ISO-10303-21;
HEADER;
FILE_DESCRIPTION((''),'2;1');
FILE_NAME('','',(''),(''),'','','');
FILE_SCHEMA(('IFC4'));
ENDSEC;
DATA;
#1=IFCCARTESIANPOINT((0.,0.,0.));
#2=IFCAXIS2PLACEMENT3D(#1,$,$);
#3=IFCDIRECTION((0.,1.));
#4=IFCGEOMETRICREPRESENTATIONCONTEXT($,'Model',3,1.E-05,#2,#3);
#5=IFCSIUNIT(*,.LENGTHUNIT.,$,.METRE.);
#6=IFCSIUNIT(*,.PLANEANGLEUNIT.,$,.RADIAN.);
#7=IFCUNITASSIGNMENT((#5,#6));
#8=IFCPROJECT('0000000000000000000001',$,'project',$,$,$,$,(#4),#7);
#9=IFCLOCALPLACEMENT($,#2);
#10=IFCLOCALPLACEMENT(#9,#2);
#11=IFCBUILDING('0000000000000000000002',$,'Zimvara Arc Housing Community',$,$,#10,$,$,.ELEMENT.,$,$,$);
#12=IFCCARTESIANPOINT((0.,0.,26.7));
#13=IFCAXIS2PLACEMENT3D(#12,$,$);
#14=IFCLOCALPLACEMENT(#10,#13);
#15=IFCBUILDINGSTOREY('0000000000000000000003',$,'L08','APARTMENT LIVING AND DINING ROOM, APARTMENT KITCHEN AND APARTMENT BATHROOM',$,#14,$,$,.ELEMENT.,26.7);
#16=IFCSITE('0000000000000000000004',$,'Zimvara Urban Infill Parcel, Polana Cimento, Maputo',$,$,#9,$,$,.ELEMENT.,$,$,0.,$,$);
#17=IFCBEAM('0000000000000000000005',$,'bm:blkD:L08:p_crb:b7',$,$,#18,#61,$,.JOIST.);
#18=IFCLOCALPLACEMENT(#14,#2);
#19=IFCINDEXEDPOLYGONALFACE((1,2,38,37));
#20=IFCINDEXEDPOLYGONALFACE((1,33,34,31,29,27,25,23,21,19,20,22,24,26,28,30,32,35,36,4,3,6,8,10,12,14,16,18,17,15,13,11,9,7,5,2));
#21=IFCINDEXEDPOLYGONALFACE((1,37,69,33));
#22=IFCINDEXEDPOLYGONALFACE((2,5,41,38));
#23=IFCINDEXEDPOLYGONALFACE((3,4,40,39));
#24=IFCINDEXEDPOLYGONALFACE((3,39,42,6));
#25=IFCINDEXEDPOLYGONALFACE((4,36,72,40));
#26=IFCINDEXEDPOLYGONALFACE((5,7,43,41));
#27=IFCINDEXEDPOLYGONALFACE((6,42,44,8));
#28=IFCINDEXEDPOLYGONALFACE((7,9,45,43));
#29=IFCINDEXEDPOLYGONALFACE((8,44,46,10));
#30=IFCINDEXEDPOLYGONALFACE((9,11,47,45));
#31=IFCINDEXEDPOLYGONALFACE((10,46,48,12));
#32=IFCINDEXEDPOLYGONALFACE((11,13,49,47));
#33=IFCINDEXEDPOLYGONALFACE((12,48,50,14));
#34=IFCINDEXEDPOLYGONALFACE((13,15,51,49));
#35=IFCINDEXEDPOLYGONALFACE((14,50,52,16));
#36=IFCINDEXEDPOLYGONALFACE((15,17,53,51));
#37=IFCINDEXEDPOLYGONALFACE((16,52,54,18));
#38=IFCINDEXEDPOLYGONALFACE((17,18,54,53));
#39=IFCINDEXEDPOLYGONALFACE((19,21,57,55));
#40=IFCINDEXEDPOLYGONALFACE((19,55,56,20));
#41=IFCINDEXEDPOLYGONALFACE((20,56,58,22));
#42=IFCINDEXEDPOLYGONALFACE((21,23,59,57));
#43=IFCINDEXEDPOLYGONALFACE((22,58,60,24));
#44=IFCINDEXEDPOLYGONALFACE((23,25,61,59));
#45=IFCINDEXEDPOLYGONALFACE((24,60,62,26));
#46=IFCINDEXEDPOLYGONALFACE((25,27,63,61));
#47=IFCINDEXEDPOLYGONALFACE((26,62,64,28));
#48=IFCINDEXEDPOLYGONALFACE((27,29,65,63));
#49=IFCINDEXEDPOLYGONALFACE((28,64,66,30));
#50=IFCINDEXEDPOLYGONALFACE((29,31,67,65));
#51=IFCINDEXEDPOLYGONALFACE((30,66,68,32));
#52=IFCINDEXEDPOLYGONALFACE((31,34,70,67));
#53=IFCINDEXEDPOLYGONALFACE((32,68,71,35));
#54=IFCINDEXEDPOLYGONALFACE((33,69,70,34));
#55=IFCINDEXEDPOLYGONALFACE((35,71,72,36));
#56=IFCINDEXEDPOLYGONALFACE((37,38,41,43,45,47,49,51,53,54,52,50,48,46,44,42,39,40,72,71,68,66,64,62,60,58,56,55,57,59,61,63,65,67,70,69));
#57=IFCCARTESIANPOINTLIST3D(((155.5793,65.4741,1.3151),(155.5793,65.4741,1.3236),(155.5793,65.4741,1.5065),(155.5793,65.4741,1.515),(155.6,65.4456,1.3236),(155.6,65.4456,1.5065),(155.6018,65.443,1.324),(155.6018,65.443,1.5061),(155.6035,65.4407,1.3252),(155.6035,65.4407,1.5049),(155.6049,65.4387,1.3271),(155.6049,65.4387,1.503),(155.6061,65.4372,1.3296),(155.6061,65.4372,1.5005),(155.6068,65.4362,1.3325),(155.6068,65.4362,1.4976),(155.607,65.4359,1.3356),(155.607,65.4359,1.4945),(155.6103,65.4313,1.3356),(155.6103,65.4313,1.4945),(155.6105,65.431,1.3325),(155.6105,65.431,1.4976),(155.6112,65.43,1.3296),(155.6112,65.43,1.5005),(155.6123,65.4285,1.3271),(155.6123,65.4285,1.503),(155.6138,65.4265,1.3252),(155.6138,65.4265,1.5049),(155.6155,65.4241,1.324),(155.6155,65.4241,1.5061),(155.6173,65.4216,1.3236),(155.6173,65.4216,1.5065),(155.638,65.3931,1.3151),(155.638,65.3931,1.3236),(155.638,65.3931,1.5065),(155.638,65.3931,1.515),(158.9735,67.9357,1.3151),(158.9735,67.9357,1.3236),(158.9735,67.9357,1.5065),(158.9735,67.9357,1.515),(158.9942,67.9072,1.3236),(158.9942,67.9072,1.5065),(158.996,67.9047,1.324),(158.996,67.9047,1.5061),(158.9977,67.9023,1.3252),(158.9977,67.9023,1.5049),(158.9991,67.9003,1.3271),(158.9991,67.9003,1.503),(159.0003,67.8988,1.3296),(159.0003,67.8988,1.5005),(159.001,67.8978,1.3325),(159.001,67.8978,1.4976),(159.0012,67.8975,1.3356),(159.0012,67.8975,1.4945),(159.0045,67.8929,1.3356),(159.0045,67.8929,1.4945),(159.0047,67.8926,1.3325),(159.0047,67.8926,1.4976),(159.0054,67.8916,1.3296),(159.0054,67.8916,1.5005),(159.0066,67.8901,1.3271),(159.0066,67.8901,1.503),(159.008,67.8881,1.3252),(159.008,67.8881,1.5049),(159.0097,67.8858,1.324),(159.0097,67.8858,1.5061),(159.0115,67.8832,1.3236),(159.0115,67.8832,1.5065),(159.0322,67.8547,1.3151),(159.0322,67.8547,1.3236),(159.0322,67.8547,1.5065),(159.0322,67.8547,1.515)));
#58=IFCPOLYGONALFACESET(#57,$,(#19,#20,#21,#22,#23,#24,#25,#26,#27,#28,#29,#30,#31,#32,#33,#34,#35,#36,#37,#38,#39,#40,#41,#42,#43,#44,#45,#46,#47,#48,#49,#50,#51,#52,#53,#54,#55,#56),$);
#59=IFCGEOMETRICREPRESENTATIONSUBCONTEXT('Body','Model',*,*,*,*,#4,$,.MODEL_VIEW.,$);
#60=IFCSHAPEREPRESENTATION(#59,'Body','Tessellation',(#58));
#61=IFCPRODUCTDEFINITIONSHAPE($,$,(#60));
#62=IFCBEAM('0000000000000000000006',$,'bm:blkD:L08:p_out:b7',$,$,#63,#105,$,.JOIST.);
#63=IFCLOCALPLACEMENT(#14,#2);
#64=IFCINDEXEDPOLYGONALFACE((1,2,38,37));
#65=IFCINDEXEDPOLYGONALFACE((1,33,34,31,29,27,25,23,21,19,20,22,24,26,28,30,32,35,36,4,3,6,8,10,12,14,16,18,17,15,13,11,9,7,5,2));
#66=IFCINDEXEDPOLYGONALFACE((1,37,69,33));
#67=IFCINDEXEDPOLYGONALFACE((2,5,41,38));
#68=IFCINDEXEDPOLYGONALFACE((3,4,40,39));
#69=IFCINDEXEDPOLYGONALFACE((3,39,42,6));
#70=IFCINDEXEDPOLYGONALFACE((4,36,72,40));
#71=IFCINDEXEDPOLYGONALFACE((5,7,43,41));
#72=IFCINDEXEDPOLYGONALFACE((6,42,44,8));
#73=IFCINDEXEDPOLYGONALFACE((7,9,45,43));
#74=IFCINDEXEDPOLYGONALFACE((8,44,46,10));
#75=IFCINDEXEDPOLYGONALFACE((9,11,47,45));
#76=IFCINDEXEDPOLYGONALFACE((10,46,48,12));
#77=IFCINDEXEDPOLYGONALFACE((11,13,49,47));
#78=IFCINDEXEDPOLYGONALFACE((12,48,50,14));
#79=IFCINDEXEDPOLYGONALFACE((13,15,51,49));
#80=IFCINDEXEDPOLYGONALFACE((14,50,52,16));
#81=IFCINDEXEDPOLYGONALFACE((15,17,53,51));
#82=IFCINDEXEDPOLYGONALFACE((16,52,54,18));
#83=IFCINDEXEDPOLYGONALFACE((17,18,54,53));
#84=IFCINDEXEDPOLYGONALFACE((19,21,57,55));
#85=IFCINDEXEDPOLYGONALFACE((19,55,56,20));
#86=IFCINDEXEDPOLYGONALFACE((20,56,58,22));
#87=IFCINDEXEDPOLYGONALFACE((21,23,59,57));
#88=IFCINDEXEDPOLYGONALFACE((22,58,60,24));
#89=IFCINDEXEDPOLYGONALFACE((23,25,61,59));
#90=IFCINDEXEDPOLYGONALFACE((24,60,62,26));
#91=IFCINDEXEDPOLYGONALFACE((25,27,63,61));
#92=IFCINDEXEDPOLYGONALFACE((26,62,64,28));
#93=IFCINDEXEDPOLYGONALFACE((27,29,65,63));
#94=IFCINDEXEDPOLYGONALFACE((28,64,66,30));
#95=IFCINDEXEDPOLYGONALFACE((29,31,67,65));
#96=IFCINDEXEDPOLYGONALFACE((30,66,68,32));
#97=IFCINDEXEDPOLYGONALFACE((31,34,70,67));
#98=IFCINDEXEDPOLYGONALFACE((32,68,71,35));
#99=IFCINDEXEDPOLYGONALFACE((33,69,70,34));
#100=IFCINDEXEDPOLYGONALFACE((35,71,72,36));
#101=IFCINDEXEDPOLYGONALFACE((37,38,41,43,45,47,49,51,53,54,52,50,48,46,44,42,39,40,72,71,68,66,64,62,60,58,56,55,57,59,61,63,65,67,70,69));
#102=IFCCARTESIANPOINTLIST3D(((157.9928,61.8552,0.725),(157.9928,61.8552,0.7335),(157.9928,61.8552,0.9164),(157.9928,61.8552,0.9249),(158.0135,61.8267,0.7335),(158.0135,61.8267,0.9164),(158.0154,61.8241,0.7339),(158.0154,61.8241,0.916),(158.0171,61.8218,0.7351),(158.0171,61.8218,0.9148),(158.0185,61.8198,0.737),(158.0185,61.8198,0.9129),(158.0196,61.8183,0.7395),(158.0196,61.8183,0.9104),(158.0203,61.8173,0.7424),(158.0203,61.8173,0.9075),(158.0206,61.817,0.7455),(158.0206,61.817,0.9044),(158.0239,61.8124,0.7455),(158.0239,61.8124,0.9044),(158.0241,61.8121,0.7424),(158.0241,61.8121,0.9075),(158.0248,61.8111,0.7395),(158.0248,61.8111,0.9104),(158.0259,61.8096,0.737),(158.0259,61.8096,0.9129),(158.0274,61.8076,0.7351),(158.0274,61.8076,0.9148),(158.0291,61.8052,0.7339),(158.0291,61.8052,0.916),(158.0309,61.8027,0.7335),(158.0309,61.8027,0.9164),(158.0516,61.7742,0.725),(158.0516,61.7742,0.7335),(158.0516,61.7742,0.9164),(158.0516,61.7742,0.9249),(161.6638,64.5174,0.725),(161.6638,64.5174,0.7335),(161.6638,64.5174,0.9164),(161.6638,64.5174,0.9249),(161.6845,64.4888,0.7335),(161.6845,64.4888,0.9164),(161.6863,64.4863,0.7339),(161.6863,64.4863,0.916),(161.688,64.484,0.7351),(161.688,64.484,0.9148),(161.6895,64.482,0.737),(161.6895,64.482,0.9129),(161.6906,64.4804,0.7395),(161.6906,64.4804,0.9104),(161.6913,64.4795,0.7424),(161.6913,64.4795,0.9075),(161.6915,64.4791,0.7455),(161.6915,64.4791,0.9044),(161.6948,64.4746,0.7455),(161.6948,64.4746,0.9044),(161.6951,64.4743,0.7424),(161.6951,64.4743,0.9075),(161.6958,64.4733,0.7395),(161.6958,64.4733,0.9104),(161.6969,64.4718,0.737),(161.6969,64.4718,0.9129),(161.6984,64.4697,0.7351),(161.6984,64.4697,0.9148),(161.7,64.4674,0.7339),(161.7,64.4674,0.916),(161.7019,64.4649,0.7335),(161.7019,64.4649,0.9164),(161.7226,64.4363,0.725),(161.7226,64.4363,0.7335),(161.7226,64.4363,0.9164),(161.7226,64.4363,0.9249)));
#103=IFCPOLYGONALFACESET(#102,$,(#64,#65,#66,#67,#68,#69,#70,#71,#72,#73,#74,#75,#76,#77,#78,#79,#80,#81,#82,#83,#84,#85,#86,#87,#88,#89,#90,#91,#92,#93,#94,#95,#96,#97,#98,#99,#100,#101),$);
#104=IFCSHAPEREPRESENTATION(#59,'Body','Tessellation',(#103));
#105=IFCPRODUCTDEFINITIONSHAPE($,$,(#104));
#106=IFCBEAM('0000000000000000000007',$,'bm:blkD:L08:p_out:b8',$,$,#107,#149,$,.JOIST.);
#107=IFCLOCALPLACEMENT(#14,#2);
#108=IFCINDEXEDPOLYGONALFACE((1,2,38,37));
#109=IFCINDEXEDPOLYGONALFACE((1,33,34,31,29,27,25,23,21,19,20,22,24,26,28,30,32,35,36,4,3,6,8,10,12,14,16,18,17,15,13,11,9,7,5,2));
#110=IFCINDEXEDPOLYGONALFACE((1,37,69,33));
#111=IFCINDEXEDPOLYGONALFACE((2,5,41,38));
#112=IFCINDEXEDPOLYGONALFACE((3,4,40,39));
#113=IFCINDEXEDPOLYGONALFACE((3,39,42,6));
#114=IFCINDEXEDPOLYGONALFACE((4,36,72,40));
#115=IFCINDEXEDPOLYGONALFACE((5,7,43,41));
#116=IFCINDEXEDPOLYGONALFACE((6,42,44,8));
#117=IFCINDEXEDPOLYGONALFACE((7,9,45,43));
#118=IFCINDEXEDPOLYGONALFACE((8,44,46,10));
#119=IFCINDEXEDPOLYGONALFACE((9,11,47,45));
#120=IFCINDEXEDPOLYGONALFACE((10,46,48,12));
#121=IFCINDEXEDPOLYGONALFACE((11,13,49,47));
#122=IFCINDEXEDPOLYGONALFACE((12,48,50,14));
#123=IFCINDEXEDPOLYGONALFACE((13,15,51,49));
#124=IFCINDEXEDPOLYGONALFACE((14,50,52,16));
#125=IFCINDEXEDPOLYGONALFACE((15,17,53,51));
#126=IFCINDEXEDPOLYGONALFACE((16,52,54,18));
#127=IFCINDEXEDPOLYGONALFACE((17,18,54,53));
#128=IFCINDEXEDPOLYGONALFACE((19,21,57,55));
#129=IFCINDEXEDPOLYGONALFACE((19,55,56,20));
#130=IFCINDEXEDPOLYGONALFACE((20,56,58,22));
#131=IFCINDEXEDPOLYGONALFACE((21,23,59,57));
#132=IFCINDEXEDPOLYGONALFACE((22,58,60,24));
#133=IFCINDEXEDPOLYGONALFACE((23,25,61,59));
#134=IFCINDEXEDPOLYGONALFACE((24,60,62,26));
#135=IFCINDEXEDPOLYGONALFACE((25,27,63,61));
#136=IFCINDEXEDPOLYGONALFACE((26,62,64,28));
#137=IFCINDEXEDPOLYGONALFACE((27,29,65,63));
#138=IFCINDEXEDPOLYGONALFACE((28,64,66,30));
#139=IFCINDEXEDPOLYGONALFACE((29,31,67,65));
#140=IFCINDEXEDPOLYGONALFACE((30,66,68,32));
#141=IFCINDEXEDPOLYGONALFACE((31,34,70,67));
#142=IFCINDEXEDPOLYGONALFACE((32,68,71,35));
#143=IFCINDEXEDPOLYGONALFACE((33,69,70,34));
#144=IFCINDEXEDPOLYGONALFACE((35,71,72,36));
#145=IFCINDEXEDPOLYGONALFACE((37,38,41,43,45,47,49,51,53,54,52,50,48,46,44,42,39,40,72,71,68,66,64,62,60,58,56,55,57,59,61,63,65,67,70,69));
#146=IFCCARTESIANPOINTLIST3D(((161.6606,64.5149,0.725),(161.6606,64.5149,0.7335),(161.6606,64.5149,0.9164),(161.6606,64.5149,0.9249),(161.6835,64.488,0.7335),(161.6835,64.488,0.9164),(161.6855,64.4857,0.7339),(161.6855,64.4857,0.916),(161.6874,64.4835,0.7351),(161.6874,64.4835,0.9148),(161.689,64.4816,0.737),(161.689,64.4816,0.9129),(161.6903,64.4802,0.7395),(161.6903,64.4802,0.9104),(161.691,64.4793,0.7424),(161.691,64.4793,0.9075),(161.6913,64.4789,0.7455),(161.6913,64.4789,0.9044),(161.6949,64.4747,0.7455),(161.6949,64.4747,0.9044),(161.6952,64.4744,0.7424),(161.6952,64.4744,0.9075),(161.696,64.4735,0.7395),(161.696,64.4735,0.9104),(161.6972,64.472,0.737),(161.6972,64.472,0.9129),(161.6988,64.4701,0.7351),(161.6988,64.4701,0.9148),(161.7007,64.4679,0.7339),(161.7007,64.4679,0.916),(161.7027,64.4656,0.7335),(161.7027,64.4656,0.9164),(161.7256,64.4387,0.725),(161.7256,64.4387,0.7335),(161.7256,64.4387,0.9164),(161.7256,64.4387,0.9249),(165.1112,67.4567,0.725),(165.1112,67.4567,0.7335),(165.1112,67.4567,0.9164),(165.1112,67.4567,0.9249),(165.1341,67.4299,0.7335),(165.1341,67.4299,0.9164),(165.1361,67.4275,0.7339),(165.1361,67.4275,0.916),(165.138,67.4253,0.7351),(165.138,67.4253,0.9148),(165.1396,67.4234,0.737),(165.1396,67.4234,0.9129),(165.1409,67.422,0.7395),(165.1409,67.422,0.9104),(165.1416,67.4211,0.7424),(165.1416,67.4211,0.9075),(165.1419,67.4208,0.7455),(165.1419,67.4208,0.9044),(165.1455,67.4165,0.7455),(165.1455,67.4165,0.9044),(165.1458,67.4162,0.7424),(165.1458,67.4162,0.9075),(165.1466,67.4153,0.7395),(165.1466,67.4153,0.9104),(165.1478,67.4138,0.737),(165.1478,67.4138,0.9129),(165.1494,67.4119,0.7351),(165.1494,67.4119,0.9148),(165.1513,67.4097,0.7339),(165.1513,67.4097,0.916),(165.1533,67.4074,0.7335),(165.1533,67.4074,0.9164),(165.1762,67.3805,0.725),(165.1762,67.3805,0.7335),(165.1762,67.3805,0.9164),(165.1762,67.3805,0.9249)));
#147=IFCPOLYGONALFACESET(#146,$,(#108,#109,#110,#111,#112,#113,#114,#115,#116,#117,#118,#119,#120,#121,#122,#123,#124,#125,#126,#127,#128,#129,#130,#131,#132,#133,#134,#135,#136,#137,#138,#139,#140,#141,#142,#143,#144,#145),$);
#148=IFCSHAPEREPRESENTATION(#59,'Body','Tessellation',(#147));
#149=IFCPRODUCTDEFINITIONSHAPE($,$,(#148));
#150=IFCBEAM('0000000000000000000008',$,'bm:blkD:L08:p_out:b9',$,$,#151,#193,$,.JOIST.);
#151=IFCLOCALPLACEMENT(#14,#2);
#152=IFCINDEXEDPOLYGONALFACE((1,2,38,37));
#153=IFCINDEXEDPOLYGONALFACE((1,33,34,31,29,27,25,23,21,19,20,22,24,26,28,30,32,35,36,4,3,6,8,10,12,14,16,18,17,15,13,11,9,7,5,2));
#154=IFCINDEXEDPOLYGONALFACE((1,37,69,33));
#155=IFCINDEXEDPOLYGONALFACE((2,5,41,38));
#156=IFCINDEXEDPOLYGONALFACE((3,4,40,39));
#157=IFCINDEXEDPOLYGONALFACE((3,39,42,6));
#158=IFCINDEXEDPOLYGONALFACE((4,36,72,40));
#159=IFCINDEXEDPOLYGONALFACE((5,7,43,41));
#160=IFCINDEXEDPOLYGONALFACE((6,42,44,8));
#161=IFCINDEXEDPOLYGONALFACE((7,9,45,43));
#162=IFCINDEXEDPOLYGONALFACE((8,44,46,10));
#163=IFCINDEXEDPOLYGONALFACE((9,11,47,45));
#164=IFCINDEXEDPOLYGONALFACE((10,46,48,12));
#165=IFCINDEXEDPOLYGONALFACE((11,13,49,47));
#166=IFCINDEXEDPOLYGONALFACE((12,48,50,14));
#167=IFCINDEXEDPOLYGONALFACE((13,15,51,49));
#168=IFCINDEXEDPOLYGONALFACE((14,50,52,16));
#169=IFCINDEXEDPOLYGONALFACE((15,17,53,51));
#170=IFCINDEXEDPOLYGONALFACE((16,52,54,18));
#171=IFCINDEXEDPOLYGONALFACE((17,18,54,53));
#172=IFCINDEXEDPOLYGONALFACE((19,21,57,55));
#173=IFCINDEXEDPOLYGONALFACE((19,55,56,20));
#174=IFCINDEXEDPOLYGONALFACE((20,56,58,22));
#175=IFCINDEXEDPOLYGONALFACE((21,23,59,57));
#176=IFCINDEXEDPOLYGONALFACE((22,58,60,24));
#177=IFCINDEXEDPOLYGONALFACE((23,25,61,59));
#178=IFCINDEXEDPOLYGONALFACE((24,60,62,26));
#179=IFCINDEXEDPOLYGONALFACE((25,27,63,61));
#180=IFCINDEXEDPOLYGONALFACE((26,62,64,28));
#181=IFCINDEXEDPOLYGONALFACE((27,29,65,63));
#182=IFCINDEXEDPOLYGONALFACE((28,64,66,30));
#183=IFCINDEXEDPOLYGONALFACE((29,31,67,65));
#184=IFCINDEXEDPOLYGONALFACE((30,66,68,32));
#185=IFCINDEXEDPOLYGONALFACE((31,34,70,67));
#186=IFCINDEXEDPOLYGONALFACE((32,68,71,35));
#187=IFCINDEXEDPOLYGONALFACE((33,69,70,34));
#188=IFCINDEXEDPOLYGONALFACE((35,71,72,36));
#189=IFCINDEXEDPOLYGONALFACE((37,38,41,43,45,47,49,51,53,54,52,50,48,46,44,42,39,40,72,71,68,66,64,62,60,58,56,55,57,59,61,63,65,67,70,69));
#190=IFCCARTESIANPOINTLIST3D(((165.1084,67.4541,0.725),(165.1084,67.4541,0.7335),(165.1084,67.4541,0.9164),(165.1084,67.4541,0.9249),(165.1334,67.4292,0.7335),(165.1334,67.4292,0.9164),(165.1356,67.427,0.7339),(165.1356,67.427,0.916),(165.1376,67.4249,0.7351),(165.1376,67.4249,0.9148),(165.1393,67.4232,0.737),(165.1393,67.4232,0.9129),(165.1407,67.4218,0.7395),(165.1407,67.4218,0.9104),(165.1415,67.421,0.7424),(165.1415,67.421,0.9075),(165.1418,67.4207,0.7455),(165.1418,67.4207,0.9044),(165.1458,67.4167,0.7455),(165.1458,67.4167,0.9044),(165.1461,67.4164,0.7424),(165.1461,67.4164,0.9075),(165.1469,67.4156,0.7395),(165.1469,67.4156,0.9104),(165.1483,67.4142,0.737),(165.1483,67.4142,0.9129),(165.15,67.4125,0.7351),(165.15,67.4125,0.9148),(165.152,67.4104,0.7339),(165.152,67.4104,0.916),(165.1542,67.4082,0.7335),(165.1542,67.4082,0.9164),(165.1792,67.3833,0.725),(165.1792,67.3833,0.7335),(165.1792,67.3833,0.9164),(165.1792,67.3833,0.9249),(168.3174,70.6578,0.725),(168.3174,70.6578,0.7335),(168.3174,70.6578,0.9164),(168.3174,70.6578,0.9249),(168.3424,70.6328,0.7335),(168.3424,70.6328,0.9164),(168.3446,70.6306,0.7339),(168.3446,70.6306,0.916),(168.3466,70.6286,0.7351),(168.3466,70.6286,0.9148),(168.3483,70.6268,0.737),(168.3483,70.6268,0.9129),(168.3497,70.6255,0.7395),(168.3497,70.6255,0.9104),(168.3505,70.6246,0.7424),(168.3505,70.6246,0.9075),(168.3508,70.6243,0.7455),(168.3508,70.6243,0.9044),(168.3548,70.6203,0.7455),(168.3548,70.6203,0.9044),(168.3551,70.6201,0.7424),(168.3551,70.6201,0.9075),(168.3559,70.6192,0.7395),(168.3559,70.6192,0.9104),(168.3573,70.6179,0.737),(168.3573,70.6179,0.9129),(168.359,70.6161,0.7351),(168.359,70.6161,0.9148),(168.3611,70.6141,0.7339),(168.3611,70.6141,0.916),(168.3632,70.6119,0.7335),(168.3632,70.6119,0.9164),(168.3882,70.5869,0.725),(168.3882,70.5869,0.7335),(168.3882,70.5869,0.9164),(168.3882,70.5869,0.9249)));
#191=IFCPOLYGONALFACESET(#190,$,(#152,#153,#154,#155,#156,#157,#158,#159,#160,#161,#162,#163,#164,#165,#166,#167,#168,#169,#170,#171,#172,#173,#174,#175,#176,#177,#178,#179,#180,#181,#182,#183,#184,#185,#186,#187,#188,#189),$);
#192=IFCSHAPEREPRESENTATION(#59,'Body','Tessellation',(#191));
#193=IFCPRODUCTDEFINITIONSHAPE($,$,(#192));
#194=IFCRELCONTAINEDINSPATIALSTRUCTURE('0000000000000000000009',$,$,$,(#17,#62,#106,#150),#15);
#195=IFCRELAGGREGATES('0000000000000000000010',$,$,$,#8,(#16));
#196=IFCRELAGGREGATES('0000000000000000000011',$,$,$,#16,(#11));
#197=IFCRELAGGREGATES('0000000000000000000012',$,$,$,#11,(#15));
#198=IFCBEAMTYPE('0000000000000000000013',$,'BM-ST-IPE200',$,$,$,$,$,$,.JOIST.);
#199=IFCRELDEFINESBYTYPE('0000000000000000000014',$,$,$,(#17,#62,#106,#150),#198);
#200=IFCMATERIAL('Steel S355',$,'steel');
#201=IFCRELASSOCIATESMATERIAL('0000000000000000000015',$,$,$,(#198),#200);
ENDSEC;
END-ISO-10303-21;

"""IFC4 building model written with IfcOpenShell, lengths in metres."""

from ifc_helpers import new_model, si_unit, direction, frame, origin, origin_2d, place, context, subcontext, project, spatial, i_section, extrude, material, material_profile, profile_set, type_object, element, save


model = new_model("IFC4")

# Units and contexts
model_context = context("Model", 3, precision=1e-05, world=origin(), true_north=direction((0.0, 1.0)))
body_context = subcontext(model_context, "Body", "Model", "MODEL_VIEW")
ifc_project = project(units=[si_unit("LENGTHUNIT", "METRE"), si_unit("PLANEANGLEUNIT", "RADIAN")], contexts=[model_context])

# Site, building, storey
site_placement = place(None, origin())
site = spatial("IfcSite", under=ifc_project, at=site_placement, Name="Zimvara Urban Infill Parcel, Polana Cimento, Maputo", CompositionType="ELEMENT", RefElevation=0.0)
building_placement = place(site_placement, origin())
building = spatial("IfcBuilding", under=site, at=building_placement, Name="Zimvara Arc Housing Community", CompositionType="ELEMENT")
storey_placement = place(building_placement, frame((0.0, 0.0, 26.7)))
storey = spatial("IfcBuildingStorey", under=building, at=storey_placement, Name="L08", Description="APARTMENT LIVING AND DINING ROOM, APARTMENT KITCHEN AND APARTMENT BATHROOM", CompositionType="ELEMENT", Elevation=26.7)

# Beams
ifc_material_1 = material(Name="Steel S355", Category="steel")
ifc_material_profile_1 = material_profile(ifc_material_1, i_section(OverallWidth=0.1001, OverallDepth=0.2, WebThickness=0.0056, FlangeThickness=0.0085, FilletRadius=0.012, at=origin_2d()), Name="IPE 200")
ifc_profile_set_1 = profile_set([ifc_material_profile_1], Name="Steel S355")
beam_type_1 = type_object("IfcBeamType", Name="BM-ST-IPE200", PredefinedType="JOIST", material=ifc_profile_set_1)
beam_1_placement = place(storey_placement, frame((155.6086, 65.4336, 1.415), z_axis=(0.809518, 0.587094, 0.0), x_axis=(-0.587094, 0.809518, 0.0)))
element("IfcBeam", 1, at=beam_1_placement, inside=storey, type_object=beam_type_1, Name="bm:blkD:L08:p_crb:b7", PredefinedType="JOIST", context=body_context, shape_type="SweptSolid", body=[
    extrude(i_section(OverallWidth=0.1001, OverallDepth=0.2, WebThickness=0.0056, FlangeThickness=0.0085, FilletRadius=0.012, at=origin_2d()), origin(), (0.0, 0.0, 1.0), 4.1929),
])
beam_2_placement = place(storey_placement, frame((158.0222, 61.8147, 0.825), z_axis=(0.809536, 0.58707, 0.0), x_axis=(-0.58707, 0.809536, 0.0)))
element("IfcBeam", 2, at=beam_2_placement, inside=storey, type_object=beam_type_1, Name="bm:blkD:L08:p_out:b7", PredefinedType="JOIST", context=body_context, shape_type="SweptSolid", body=[
    extrude(i_section(OverallWidth=0.1001, OverallDepth=0.2, WebThickness=0.0056, FlangeThickness=0.0085, FilletRadius=0.012, at=origin_2d()), origin(), (0.0, 0.0, 1.0), 4.5347),
])
for number, where, z_axis, x_axis, name in (
    (3, (161.6931, 64.4768, 0.825), (0.760979, 0.648776, 0.0), (-0.648776, 0.760979, 0.0), "bm:blkD:L08:p_out:b8"),
    (4, (165.1438, 67.4187, 0.825), (0.707699, 0.706514, 0.0), (-0.706514, 0.707699, 0.0), "bm:blkD:L08:p_out:b9"),
):
    element("IfcBeam", number, at=place(storey_placement, frame(where, z_axis=z_axis, x_axis=x_axis)), inside=storey, type_object=beam_type_1, Name=name, PredefinedType="JOIST", context=body_context, shape_type="SweptSolid", body=[
        extrude(i_section(OverallWidth=0.1001, OverallDepth=0.2, WebThickness=0.0056, FlangeThickness=0.0085, FilletRadius=0.012, at=origin_2d()), origin(), (0.0, 0.0, 1.0), 4.5344),
    ])

save(model, "model.ifc")
